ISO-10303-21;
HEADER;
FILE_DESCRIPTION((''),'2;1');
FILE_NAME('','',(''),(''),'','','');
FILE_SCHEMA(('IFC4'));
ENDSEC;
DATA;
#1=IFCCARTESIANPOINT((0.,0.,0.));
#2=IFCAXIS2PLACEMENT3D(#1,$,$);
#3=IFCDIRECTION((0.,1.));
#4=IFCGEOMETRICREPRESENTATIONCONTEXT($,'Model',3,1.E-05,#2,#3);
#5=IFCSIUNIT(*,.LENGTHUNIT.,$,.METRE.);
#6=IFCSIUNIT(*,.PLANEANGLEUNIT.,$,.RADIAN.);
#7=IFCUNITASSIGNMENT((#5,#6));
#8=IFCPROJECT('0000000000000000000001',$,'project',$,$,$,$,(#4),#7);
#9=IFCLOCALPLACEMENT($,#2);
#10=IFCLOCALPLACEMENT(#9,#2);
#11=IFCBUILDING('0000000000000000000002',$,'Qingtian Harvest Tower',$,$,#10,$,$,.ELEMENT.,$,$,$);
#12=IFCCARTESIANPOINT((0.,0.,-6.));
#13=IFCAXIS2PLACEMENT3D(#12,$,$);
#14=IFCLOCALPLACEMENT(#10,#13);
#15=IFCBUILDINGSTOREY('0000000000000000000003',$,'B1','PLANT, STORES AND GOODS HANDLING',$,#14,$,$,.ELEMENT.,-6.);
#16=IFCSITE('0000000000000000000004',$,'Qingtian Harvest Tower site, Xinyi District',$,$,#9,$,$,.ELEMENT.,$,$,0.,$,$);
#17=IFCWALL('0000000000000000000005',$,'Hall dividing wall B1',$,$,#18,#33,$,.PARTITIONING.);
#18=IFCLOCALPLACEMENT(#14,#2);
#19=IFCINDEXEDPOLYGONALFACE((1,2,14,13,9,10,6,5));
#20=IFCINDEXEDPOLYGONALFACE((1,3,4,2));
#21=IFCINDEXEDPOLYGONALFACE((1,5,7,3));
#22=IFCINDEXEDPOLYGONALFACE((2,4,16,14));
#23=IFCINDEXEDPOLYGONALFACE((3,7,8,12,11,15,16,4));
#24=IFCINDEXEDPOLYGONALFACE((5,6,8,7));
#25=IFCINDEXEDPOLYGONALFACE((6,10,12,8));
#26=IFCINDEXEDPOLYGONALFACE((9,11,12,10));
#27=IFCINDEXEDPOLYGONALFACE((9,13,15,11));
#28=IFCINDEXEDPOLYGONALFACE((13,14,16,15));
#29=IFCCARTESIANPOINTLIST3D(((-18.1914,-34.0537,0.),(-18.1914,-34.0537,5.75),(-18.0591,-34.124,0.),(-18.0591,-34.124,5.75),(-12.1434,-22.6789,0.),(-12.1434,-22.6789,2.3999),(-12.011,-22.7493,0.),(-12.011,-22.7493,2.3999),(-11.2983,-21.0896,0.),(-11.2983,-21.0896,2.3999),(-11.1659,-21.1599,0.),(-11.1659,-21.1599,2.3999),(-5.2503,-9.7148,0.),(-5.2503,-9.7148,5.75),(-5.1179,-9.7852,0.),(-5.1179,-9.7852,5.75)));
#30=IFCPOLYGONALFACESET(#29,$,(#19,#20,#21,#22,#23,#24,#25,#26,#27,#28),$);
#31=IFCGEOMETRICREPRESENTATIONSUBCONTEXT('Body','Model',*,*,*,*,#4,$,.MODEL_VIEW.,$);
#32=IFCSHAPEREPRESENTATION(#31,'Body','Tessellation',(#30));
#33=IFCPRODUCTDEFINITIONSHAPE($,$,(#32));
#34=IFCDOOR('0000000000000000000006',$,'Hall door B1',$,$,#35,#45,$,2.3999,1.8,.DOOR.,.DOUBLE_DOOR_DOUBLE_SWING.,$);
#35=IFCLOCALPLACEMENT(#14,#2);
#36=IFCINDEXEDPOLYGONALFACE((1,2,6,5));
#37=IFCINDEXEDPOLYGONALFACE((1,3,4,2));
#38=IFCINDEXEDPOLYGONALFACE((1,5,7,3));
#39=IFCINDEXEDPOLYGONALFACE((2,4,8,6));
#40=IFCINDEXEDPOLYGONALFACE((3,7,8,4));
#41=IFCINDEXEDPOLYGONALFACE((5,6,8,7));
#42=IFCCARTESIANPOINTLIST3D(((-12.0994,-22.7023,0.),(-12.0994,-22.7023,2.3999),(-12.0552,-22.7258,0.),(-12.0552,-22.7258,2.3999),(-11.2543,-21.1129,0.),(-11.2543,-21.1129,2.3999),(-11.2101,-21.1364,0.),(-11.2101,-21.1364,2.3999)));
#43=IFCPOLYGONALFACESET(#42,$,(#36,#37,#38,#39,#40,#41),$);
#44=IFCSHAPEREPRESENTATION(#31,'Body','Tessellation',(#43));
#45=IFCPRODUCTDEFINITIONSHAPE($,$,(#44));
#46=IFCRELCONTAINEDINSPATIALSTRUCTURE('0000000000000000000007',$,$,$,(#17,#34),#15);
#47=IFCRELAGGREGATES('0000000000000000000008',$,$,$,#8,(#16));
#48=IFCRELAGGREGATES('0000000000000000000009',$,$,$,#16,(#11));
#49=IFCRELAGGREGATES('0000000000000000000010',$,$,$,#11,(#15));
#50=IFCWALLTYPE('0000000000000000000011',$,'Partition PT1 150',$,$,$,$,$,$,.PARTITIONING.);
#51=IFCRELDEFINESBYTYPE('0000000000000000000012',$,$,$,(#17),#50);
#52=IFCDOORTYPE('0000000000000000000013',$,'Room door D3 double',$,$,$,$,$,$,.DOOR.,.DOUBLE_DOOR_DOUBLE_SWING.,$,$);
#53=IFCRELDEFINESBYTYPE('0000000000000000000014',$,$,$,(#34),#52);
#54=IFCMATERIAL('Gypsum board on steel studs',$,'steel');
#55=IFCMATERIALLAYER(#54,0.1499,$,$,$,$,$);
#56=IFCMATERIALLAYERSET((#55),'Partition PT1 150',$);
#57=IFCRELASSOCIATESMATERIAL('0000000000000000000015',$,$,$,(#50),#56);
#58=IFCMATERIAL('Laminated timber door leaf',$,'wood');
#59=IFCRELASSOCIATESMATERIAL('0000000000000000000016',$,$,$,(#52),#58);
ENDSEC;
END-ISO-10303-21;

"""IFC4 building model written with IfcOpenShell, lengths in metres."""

from ifc_helpers import new_model, si_unit, direction, frame, frame_2d, origin, place, context, subcontext, project, spatial, rectangle, extrude, material, layer, layer_set, type_object, element, fill, save


model = new_model("IFC4")

# Units and contexts
model_context = context("Model", 3, precision=1e-05, world=origin(), true_north=direction((0.0, 1.0)))
body_context = subcontext(model_context, "Body", "Model", "MODEL_VIEW")
ifc_project = project(units=[si_unit("LENGTHUNIT", "METRE"), si_unit("PLANEANGLEUNIT", "RADIAN")], contexts=[model_context])

# Site, building, storey
site_placement = place(None, origin())
site = spatial("IfcSite", under=ifc_project, at=site_placement, Name="Qingtian Harvest Tower site, Xinyi District", CompositionType="ELEMENT", RefElevation=0.0)
building_placement = place(site_placement, origin())
building = spatial("IfcBuilding", under=site, at=building_placement, Name="Qingtian Harvest Tower", CompositionType="ELEMENT")
storey_placement = place(building_placement, frame((0.0, 0.0, -6.0)))
storey = spatial("IfcBuildingStorey", under=building, at=storey_placement, Name="B1", Description="PLANT, STORES AND GOODS HANDLING", CompositionType="ELEMENT", Elevation=-6.0)

# Wall, opening, door
ifc_material_1 = material(Name="Gypsum board on steel studs", Category="steel")
ifc_layer_1 = layer(ifc_material_1, 0.1499)
ifc_layer_set_1 = layer_set([ifc_layer_1], Name="Partition PT1 150")
wall_type_1 = type_object("IfcWallType", Name="Partition PT1 150", PredefinedType="PARTITIONING", material=ifc_layer_set_1)
wall_1_placement = place(storey_placement, frame((-5.1841, -9.75, 0.0), z_axis=(0.0, 0.0, 1.0), x_axis=(-0.46947, -0.882948, 0.0)))
wall_1 = element("IfcWall", 1, at=wall_1_placement, inside=storey, type_object=wall_type_1, Name="Hall dividing wall B1", PredefinedType="PARTITIONING", context=body_context, shape_type="SweptSolid", body=[
    extrude(rectangle(XDim=27.5654, YDim=0.1499, at=frame_2d((13.7827, 0.0))), origin(), (0.0, 0.0, 1.0), 5.75),
])
opening_1_placement = place(wall_1_placement, frame((12.8828, 0.0, 0.0)))
opening_1 = element("IfcOpeningElement", 2, at=opening_1_placement, cuts=wall_1, PredefinedType="OPENING", context=body_context, shape_type="SweptSolid", body=[
    extrude(rectangle(XDim=1.8, YDim=2.3999, at=frame_2d((0.8999, 1.2))), frame((0.0, 0.085, 0.0), z_axis=(0.0, -1.0, 0.0), x_axis=(1.0, 0.0, 0.0)), (0.0, 0.0, 1.0), 0.1699),
])
ifc_material_2 = material(Name="Laminated timber door leaf", Category="wood")
door_type_1 = type_object("IfcDoorType", Name="Room door D3 double", OperationType="DOUBLE_DOOR_DOUBLE_SWING", PredefinedType="DOOR", material=ifc_material_2)
door_1_placement = place(opening_1_placement, origin())
door_1 = element("IfcDoor", 3, at=door_1_placement, inside=storey, type_object=door_type_1, Name="Hall door B1", OperationType="DOUBLE_DOOR_DOUBLE_SWING", OverallHeight=2.3999, OverallWidth=1.8, PredefinedType="DOOR", context=body_context, shape_type="SweptSolid", body=[
    extrude(rectangle(XDim=1.8, YDim=2.3999, at=frame_2d((0.8999, 1.2))), frame((0.0, 0.0249, 0.0), z_axis=(0.0, -1.0, 0.0), x_axis=(1.0, 0.0, 0.0)), (0.0, 0.0, 1.0), 0.05),
])
fill(opening_1, door_1)

save(model, "model.ifc")
